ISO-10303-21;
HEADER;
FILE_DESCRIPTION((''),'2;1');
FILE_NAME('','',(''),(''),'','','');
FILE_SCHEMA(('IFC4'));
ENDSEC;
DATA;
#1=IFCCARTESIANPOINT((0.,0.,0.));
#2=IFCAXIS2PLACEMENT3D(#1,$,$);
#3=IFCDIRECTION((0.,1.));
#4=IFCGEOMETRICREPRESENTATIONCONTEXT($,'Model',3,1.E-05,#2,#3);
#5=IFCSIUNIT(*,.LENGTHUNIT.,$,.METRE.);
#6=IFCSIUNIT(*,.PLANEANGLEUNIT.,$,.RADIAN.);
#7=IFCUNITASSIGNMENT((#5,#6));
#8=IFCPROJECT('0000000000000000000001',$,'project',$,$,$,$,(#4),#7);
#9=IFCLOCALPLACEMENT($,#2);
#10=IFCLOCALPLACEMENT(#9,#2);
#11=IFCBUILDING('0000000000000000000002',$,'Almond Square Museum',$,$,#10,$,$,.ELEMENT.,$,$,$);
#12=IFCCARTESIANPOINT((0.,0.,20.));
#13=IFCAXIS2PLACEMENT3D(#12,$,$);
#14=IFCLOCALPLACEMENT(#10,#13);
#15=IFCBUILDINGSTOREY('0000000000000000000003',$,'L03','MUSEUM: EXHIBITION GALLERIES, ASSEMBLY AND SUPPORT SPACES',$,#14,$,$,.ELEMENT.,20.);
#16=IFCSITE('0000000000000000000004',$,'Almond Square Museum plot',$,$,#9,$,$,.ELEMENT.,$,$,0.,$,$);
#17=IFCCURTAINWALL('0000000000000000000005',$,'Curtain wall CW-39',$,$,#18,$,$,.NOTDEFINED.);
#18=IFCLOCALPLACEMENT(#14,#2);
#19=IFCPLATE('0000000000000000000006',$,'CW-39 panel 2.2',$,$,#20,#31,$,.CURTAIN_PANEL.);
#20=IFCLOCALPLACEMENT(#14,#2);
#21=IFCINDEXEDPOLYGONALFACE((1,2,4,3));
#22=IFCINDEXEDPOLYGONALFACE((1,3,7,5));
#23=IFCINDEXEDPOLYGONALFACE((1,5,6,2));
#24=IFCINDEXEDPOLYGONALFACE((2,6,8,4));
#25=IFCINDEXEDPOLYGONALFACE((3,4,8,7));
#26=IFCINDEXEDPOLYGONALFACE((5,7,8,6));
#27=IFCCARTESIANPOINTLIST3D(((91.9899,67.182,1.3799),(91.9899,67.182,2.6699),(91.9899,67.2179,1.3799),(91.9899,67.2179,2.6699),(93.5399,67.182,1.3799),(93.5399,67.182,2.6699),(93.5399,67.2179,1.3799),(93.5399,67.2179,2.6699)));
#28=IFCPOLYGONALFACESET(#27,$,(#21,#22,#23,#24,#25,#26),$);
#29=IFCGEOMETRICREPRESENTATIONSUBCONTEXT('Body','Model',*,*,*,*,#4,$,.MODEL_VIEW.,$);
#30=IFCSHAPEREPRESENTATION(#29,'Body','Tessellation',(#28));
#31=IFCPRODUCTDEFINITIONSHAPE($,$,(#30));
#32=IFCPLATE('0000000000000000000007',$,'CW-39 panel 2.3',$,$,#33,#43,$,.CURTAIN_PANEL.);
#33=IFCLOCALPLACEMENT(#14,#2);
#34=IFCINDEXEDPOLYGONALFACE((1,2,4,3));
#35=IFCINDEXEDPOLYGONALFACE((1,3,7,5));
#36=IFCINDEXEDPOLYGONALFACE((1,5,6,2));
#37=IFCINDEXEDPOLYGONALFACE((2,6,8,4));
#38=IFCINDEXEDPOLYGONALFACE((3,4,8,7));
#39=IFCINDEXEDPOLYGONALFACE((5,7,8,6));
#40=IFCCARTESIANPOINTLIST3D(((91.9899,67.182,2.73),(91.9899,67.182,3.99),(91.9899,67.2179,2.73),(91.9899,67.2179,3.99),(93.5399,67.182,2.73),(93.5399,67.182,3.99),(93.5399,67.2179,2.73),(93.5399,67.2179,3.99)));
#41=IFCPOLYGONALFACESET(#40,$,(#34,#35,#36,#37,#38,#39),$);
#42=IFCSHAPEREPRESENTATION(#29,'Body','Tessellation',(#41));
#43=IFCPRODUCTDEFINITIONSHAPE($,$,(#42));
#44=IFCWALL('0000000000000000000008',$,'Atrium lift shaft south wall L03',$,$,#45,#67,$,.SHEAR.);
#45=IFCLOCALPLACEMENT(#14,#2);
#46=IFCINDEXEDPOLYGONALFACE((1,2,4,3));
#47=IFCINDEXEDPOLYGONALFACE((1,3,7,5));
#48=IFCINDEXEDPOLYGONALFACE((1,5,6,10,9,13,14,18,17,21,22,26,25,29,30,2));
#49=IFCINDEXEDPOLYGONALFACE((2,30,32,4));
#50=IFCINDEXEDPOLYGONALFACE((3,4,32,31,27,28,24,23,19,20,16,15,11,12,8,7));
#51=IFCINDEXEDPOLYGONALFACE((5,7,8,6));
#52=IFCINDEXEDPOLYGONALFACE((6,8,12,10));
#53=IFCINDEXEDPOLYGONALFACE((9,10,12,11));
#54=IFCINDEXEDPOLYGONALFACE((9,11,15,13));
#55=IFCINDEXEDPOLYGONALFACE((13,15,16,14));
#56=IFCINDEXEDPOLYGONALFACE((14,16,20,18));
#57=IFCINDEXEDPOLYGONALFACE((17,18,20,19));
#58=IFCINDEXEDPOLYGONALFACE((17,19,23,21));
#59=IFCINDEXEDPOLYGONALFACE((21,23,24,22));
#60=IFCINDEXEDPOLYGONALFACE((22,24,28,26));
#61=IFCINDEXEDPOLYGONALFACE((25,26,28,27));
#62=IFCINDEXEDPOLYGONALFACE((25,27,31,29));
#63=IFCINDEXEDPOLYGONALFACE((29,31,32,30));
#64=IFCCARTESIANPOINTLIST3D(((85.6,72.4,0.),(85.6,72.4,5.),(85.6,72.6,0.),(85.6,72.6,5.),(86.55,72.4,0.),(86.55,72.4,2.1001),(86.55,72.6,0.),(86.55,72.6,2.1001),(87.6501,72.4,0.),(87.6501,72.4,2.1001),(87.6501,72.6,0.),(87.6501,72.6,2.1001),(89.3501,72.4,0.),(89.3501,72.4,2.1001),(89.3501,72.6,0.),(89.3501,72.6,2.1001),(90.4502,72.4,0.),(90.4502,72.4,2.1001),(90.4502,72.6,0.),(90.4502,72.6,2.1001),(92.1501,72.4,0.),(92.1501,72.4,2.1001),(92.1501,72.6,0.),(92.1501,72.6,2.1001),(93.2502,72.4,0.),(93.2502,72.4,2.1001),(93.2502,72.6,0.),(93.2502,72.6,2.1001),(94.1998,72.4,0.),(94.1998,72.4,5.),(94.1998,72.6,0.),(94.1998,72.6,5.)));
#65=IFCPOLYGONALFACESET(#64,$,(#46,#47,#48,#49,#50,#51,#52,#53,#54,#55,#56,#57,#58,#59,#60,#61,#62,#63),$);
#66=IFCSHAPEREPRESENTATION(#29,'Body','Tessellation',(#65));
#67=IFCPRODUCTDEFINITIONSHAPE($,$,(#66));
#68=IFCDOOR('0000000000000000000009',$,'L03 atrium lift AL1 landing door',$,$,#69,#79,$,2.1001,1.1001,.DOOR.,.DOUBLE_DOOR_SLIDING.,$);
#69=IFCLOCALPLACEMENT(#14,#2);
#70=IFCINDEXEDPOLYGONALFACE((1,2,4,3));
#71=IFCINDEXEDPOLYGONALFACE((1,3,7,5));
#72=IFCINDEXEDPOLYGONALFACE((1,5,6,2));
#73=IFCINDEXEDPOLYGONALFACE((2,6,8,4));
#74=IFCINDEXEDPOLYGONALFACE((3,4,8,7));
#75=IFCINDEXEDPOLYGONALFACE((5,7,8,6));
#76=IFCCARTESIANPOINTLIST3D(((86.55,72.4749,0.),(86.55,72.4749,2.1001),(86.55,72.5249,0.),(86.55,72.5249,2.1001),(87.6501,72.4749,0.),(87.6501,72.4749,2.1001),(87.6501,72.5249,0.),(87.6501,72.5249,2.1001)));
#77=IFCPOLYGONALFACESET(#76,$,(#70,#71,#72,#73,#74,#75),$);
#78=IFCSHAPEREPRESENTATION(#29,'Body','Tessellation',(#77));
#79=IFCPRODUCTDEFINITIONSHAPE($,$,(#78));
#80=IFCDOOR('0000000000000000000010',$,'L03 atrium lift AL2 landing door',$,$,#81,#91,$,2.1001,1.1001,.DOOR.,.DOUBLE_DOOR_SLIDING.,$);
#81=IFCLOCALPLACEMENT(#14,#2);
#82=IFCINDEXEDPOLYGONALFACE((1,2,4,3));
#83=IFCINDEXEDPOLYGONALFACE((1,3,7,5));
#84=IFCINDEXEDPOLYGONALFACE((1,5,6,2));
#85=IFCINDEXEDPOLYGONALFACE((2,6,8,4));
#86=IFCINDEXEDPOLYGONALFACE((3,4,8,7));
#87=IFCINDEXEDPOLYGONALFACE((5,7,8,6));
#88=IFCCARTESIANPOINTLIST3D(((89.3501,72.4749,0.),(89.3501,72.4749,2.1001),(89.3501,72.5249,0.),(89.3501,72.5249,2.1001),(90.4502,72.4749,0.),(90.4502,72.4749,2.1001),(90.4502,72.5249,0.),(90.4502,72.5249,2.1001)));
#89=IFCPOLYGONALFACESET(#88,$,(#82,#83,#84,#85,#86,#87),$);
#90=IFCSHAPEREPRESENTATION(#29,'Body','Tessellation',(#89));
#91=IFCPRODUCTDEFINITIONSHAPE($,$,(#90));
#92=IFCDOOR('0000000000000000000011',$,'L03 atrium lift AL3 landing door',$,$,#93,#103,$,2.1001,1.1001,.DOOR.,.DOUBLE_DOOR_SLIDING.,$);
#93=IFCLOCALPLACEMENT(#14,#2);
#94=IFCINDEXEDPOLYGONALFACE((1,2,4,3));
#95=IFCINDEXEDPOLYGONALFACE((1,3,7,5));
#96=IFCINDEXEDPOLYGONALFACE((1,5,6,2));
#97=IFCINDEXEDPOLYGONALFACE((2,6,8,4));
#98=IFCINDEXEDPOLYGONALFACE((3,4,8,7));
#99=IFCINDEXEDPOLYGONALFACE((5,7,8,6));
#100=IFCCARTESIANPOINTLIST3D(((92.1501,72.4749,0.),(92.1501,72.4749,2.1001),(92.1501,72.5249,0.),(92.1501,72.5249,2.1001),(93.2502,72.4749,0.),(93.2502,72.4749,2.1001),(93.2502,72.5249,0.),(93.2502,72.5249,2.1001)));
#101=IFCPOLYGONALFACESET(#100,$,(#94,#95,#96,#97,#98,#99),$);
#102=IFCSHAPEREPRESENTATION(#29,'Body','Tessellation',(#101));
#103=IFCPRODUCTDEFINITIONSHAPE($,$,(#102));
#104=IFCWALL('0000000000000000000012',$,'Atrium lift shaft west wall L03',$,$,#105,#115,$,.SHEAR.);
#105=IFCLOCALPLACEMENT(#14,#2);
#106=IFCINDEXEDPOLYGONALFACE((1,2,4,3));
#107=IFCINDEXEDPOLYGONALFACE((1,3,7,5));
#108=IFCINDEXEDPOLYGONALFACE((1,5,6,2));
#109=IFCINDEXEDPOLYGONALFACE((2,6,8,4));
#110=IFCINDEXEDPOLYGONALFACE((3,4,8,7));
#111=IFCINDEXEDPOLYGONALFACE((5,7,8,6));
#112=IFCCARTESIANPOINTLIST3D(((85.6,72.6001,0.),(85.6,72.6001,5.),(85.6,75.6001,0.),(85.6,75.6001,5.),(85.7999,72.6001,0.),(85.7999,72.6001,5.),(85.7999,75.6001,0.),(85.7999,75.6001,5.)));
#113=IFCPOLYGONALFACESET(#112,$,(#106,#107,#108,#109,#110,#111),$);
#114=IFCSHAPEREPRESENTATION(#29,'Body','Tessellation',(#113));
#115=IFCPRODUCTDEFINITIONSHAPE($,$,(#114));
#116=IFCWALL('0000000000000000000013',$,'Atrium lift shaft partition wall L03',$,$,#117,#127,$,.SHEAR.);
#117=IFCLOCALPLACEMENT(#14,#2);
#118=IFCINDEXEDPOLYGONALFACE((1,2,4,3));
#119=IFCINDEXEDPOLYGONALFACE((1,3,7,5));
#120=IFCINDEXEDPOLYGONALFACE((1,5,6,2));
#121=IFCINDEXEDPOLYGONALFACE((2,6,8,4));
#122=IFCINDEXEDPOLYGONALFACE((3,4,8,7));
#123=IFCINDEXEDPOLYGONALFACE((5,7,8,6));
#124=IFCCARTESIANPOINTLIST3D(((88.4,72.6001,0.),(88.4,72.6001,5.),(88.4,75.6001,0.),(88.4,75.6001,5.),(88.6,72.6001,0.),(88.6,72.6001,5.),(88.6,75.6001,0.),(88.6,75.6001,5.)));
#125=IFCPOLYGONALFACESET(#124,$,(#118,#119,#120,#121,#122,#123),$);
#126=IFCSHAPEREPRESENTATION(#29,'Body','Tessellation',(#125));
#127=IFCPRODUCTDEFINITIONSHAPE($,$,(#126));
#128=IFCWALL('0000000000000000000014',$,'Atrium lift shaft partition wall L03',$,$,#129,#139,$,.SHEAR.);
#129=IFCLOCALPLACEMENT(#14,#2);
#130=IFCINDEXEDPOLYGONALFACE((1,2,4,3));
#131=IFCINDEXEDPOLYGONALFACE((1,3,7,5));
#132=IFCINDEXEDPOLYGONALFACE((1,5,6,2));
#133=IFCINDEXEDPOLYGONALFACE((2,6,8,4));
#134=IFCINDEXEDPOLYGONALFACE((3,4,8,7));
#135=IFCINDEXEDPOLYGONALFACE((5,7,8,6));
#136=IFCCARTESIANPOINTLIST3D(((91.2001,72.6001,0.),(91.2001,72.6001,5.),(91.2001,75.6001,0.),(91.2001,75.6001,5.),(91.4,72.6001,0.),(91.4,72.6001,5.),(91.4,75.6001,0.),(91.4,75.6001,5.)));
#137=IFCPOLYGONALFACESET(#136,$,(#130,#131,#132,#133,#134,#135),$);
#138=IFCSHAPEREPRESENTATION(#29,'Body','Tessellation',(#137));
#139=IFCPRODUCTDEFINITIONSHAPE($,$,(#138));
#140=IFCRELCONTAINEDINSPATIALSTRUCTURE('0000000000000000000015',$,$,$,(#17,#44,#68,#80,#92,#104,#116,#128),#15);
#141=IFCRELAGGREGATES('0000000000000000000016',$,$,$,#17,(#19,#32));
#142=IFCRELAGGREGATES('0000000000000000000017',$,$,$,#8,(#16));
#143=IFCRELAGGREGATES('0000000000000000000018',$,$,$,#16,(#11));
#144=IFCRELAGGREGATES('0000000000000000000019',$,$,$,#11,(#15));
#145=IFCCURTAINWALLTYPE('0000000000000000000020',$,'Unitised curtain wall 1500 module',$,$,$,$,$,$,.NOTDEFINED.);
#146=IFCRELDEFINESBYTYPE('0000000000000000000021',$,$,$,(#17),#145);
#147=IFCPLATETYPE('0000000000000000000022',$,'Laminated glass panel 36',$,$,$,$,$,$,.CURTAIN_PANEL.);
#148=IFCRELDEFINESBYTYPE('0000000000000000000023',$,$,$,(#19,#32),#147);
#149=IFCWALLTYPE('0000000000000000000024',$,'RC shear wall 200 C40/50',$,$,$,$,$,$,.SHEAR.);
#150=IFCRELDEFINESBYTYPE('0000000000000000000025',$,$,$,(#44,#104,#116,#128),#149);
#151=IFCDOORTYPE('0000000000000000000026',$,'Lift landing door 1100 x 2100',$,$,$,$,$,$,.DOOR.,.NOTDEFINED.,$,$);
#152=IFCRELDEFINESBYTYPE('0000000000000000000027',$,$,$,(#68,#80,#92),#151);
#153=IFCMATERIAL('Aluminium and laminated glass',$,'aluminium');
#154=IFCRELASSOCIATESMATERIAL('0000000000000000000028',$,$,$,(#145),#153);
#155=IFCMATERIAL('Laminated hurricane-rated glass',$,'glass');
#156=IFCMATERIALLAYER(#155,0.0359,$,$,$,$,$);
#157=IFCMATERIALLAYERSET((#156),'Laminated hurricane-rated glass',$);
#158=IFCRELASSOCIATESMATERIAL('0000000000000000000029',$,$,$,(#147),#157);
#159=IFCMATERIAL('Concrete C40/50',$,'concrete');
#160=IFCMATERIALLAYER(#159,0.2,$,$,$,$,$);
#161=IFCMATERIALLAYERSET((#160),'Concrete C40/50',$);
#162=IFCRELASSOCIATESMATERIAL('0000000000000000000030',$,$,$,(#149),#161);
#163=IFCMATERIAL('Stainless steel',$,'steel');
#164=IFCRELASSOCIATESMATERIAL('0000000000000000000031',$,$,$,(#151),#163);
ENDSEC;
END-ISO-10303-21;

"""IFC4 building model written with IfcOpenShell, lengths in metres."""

from ifc_helpers import new_model, si_unit, direction, frame, frame_2d, origin, origin_2d, place, context, subcontext, project, spatial, rectangle, extrude, material, layer, layer_set, type_object, element, fill, aggregate, save


model = new_model("IFC4")

# Units and contexts
model_context = context("Model", 3, precision=1e-05, world=origin(), true_north=direction((0.0, 1.0)))
body_context = subcontext(model_context, "Body", "Model", "MODEL_VIEW")
ifc_project = project(units=[si_unit("LENGTHUNIT", "METRE"), si_unit("PLANEANGLEUNIT", "RADIAN")], contexts=[model_context])

# Site, building, storey
site_placement = place(None, origin())
site = spatial("IfcSite", under=ifc_project, at=site_placement, Name="Almond Square Museum plot", CompositionType="ELEMENT", RefElevation=0.0)
building_placement = place(site_placement, origin())
building = spatial("IfcBuilding", under=site, at=building_placement, Name="Almond Square Museum", CompositionType="ELEMENT")
storey_placement = place(building_placement, frame((0.0, 0.0, 20.0)))
storey = spatial("IfcBuildingStorey", under=building, at=storey_placement, Name="L03", Description="MUSEUM: EXHIBITION GALLERIES, ASSEMBLY AND SUPPORT SPACES", CompositionType="ELEMENT", Elevation=20.0)

# Curtain wall
ifc_material_1 = material(Name="Aluminium and laminated glass", Category="aluminium")
curtain_wall_type = type_object("IfcCurtainWallType", Name="Unitised curtain wall 1500 module", PredefinedType="NOTDEFINED", material=ifc_material_1)
curtain_wall_placement = place(storey_placement, origin())
curtain_wall = element("IfcCurtainWall", 1, at=curtain_wall_placement, inside=storey, type_object=curtain_wall_type, Name="Curtain wall CW-39", PredefinedType="NOTDEFINED")

# Plates
ifc_material_2 = material(Name="Laminated hurricane-rated glass", Category="glass")
ifc_layer_1 = layer(ifc_material_2, 0.0359)
ifc_layer_set_1 = layer_set([ifc_layer_1], Name="Laminated hurricane-rated glass")
plate_type = type_object("IfcPlateType", Name="Laminated glass panel 36", PredefinedType="CURTAIN_PANEL", material=ifc_layer_set_1)
plate_1_placement = place(storey_placement, frame((92.7649, 67.2, 1.3799), z_axis=(0.0, 0.0, 1.0), x_axis=(1.0, 0.0, 0.0)))
plate_1 = element("IfcPlate", 2, at=plate_1_placement, type_object=plate_type, Name="CW-39 panel 2.2", PredefinedType="CURTAIN_PANEL", context=body_context, shape_type="SweptSolid", body=[
    extrude(rectangle(XDim=1.55, YDim=0.0359, at=origin_2d()), origin(), (0.0, 0.0, 1.0), 1.29),
])
plate_2_placement = place(storey_placement, frame((92.7649, 67.2, 2.73), z_axis=(0.0, 0.0, 1.0), x_axis=(1.0, 0.0, 0.0)))
plate_2 = element("IfcPlate", 3, at=plate_2_placement, type_object=plate_type, Name="CW-39 panel 2.3", PredefinedType="CURTAIN_PANEL", context=body_context, shape_type="SweptSolid", body=[
    extrude(rectangle(XDim=1.55, YDim=0.0359, at=origin_2d()), origin(), (0.0, 0.0, 1.0), 1.26),
])
aggregate(curtain_wall, [plate_1, plate_2])

# Wall, openings, doors
ifc_material_3 = material(Name="Concrete C40/50", Category="concrete")
ifc_layer_2 = layer(ifc_material_3, 0.2)
ifc_layer_set_2 = layer_set([ifc_layer_2], Name="Concrete C40/50")
wall_type = type_object("IfcWallType", Name="RC shear wall 200 C40/50", PredefinedType="SHEAR", material=ifc_layer_set_2)
wall_placement = place(storey_placement, frame((85.6001, 72.5, 0.0), z_axis=(0.0, 0.0, 1.0), x_axis=(1.0, 0.0, 0.0)))
wall = element("IfcWall", 4, at=wall_placement, inside=storey, type_object=wall_type, Name="Atrium lift shaft south wall L03", PredefinedType="SHEAR", context=body_context, shape_type="SweptSolid", body=[
    extrude(rectangle(XDim=8.5999, YDim=0.2, at=frame_2d((4.2998, 0.0))), origin(), (0.0, 0.0, 1.0), 5.0),
])
opening_1_placement = place(wall_placement, frame((0.95, 0.0, 0.0)))
opening_1 = element("IfcOpeningElement", 5, at=opening_1_placement, cuts=wall, PredefinedType="OPENING", context=body_context, shape_type="SweptSolid", body=[
    extrude(rectangle(XDim=1.1001, YDim=2.1001, at=frame_2d((0.55, 1.05))), frame((0.0, 0.1099, 0.0), z_axis=(0.0, -1.0, 0.0), x_axis=(1.0, 0.0, 0.0)), (0.0, 0.0, 1.0), 0.22),
])
opening_2_placement = place(wall_placement, frame((3.75, 0.0, 0.0)))
opening_2 = element("IfcOpeningElement", 6, at=opening_2_placement, cuts=wall, PredefinedType="OPENING", context=body_context, shape_type="SweptSolid", body=[
    extrude(rectangle(XDim=1.1001, YDim=2.1001, at=frame_2d((0.55, 1.05))), frame((0.0, 0.1099, 0.0), z_axis=(0.0, -1.0, 0.0), x_axis=(1.0, 0.0, 0.0)), (0.0, 0.0, 1.0), 0.22),
])
opening_3_placement = place(wall_placement, frame((6.55, 0.0, 0.0)))
opening_3 = element("IfcOpeningElement", 7, at=opening_3_placement, cuts=wall, PredefinedType="OPENING", context=body_context, shape_type="SweptSolid", body=[
    extrude(rectangle(XDim=1.1001, YDim=2.1001, at=frame_2d((0.55, 1.05))), frame((0.0, 0.1099, 0.0), z_axis=(0.0, -1.0, 0.0), x_axis=(1.0, 0.0, 0.0)), (0.0, 0.0, 1.0), 0.22),
])
ifc_material_4 = material(Name="Stainless steel", Category="steel")
door_type = type_object("IfcDoorType", Name="Lift landing door 1100 x 2100", OperationType="NOTDEFINED", PredefinedType="DOOR", material=ifc_material_4)
door_1_placement = place(opening_1_placement, origin())
door_1 = element("IfcDoor", 8, at=door_1_placement, inside=storey, type_object=door_type, Name="L03 atrium lift AL1 landing door", OperationType="DOUBLE_DOOR_SLIDING", OverallHeight=2.1001, OverallWidth=1.1001, PredefinedType="DOOR", context=body_context, shape_type="SweptSolid", body=[
    extrude(rectangle(XDim=1.1001, YDim=2.1001, at=frame_2d((0.55, 1.05))), frame((0.0, 0.0249, 0.0), z_axis=(0.0, -1.0, 0.0), x_axis=(1.0, 0.0, 0.0)), (0.0, 0.0, 1.0), 0.05),
])
fill(opening_1, door_1)
door_2_placement = place(opening_2_placement, origin())
door_2 = element("IfcDoor", 9, at=door_2_placement, inside=storey, type_object=door_type, Name="L03 atrium lift AL2 landing door", OperationType="DOUBLE_DOOR_SLIDING", OverallHeight=2.1001, OverallWidth=1.1001, PredefinedType="DOOR", context=body_context, shape_type="SweptSolid", body=[
    extrude(rectangle(XDim=1.1001, YDim=2.1001, at=frame_2d((0.55, 1.05))), frame((0.0, 0.0249, 0.0), z_axis=(0.0, -1.0, 0.0), x_axis=(1.0, 0.0, 0.0)), (0.0, 0.0, 1.0), 0.05),
])
fill(opening_2, door_2)
door_3_placement = place(opening_3_placement, origin())
door_3 = element("IfcDoor", 10, at=door_3_placement, inside=storey, type_object=door_type, Name="L03 atrium lift AL3 landing door", OperationType="DOUBLE_DOOR_SLIDING", OverallHeight=2.1001, OverallWidth=1.1001, PredefinedType="DOOR", context=body_context, shape_type="SweptSolid", body=[
    extrude(rectangle(XDim=1.1001, YDim=2.1001, at=frame_2d((0.55, 1.05))), frame((0.0, 0.0249, 0.0), z_axis=(0.0, -1.0, 0.0), x_axis=(1.0, 0.0, 0.0)), (0.0, 0.0, 1.0), 0.05),
])
fill(opening_3, door_3)

# Walls
for number, where, z_axis, x_axis, name in (
    (11, (85.7, 72.6001, 0.0), (0.0, 0.0, 1.0), (0.0, 1.0, 0.0), "Atrium lift shaft west wall L03"),
    (12, (88.5, 72.6001, 0.0), (0.0, 0.0, 1.0), (0.0, 1.0, 0.0), "Atrium lift shaft partition wall L03"),
    (13, (91.3, 72.6001, 0.0), (0.0, 0.0, 1.0), (0.0, 1.0, 0.0), "Atrium lift shaft partition wall L03"),
):
    element("IfcWall", number, at=place(storey_placement, frame(where, z_axis=z_axis, x_axis=x_axis)), inside=storey, type_object=wall_type, Name=name, PredefinedType="SHEAR", context=body_context, shape_type="SweptSolid", body=[
        extrude(rectangle(XDim=3.0, YDim=0.2, at=frame_2d((1.5, 0.0))), origin(), (0.0, 0.0, 1.0), 5.0),
    ])

save(model, "model.ifc")
